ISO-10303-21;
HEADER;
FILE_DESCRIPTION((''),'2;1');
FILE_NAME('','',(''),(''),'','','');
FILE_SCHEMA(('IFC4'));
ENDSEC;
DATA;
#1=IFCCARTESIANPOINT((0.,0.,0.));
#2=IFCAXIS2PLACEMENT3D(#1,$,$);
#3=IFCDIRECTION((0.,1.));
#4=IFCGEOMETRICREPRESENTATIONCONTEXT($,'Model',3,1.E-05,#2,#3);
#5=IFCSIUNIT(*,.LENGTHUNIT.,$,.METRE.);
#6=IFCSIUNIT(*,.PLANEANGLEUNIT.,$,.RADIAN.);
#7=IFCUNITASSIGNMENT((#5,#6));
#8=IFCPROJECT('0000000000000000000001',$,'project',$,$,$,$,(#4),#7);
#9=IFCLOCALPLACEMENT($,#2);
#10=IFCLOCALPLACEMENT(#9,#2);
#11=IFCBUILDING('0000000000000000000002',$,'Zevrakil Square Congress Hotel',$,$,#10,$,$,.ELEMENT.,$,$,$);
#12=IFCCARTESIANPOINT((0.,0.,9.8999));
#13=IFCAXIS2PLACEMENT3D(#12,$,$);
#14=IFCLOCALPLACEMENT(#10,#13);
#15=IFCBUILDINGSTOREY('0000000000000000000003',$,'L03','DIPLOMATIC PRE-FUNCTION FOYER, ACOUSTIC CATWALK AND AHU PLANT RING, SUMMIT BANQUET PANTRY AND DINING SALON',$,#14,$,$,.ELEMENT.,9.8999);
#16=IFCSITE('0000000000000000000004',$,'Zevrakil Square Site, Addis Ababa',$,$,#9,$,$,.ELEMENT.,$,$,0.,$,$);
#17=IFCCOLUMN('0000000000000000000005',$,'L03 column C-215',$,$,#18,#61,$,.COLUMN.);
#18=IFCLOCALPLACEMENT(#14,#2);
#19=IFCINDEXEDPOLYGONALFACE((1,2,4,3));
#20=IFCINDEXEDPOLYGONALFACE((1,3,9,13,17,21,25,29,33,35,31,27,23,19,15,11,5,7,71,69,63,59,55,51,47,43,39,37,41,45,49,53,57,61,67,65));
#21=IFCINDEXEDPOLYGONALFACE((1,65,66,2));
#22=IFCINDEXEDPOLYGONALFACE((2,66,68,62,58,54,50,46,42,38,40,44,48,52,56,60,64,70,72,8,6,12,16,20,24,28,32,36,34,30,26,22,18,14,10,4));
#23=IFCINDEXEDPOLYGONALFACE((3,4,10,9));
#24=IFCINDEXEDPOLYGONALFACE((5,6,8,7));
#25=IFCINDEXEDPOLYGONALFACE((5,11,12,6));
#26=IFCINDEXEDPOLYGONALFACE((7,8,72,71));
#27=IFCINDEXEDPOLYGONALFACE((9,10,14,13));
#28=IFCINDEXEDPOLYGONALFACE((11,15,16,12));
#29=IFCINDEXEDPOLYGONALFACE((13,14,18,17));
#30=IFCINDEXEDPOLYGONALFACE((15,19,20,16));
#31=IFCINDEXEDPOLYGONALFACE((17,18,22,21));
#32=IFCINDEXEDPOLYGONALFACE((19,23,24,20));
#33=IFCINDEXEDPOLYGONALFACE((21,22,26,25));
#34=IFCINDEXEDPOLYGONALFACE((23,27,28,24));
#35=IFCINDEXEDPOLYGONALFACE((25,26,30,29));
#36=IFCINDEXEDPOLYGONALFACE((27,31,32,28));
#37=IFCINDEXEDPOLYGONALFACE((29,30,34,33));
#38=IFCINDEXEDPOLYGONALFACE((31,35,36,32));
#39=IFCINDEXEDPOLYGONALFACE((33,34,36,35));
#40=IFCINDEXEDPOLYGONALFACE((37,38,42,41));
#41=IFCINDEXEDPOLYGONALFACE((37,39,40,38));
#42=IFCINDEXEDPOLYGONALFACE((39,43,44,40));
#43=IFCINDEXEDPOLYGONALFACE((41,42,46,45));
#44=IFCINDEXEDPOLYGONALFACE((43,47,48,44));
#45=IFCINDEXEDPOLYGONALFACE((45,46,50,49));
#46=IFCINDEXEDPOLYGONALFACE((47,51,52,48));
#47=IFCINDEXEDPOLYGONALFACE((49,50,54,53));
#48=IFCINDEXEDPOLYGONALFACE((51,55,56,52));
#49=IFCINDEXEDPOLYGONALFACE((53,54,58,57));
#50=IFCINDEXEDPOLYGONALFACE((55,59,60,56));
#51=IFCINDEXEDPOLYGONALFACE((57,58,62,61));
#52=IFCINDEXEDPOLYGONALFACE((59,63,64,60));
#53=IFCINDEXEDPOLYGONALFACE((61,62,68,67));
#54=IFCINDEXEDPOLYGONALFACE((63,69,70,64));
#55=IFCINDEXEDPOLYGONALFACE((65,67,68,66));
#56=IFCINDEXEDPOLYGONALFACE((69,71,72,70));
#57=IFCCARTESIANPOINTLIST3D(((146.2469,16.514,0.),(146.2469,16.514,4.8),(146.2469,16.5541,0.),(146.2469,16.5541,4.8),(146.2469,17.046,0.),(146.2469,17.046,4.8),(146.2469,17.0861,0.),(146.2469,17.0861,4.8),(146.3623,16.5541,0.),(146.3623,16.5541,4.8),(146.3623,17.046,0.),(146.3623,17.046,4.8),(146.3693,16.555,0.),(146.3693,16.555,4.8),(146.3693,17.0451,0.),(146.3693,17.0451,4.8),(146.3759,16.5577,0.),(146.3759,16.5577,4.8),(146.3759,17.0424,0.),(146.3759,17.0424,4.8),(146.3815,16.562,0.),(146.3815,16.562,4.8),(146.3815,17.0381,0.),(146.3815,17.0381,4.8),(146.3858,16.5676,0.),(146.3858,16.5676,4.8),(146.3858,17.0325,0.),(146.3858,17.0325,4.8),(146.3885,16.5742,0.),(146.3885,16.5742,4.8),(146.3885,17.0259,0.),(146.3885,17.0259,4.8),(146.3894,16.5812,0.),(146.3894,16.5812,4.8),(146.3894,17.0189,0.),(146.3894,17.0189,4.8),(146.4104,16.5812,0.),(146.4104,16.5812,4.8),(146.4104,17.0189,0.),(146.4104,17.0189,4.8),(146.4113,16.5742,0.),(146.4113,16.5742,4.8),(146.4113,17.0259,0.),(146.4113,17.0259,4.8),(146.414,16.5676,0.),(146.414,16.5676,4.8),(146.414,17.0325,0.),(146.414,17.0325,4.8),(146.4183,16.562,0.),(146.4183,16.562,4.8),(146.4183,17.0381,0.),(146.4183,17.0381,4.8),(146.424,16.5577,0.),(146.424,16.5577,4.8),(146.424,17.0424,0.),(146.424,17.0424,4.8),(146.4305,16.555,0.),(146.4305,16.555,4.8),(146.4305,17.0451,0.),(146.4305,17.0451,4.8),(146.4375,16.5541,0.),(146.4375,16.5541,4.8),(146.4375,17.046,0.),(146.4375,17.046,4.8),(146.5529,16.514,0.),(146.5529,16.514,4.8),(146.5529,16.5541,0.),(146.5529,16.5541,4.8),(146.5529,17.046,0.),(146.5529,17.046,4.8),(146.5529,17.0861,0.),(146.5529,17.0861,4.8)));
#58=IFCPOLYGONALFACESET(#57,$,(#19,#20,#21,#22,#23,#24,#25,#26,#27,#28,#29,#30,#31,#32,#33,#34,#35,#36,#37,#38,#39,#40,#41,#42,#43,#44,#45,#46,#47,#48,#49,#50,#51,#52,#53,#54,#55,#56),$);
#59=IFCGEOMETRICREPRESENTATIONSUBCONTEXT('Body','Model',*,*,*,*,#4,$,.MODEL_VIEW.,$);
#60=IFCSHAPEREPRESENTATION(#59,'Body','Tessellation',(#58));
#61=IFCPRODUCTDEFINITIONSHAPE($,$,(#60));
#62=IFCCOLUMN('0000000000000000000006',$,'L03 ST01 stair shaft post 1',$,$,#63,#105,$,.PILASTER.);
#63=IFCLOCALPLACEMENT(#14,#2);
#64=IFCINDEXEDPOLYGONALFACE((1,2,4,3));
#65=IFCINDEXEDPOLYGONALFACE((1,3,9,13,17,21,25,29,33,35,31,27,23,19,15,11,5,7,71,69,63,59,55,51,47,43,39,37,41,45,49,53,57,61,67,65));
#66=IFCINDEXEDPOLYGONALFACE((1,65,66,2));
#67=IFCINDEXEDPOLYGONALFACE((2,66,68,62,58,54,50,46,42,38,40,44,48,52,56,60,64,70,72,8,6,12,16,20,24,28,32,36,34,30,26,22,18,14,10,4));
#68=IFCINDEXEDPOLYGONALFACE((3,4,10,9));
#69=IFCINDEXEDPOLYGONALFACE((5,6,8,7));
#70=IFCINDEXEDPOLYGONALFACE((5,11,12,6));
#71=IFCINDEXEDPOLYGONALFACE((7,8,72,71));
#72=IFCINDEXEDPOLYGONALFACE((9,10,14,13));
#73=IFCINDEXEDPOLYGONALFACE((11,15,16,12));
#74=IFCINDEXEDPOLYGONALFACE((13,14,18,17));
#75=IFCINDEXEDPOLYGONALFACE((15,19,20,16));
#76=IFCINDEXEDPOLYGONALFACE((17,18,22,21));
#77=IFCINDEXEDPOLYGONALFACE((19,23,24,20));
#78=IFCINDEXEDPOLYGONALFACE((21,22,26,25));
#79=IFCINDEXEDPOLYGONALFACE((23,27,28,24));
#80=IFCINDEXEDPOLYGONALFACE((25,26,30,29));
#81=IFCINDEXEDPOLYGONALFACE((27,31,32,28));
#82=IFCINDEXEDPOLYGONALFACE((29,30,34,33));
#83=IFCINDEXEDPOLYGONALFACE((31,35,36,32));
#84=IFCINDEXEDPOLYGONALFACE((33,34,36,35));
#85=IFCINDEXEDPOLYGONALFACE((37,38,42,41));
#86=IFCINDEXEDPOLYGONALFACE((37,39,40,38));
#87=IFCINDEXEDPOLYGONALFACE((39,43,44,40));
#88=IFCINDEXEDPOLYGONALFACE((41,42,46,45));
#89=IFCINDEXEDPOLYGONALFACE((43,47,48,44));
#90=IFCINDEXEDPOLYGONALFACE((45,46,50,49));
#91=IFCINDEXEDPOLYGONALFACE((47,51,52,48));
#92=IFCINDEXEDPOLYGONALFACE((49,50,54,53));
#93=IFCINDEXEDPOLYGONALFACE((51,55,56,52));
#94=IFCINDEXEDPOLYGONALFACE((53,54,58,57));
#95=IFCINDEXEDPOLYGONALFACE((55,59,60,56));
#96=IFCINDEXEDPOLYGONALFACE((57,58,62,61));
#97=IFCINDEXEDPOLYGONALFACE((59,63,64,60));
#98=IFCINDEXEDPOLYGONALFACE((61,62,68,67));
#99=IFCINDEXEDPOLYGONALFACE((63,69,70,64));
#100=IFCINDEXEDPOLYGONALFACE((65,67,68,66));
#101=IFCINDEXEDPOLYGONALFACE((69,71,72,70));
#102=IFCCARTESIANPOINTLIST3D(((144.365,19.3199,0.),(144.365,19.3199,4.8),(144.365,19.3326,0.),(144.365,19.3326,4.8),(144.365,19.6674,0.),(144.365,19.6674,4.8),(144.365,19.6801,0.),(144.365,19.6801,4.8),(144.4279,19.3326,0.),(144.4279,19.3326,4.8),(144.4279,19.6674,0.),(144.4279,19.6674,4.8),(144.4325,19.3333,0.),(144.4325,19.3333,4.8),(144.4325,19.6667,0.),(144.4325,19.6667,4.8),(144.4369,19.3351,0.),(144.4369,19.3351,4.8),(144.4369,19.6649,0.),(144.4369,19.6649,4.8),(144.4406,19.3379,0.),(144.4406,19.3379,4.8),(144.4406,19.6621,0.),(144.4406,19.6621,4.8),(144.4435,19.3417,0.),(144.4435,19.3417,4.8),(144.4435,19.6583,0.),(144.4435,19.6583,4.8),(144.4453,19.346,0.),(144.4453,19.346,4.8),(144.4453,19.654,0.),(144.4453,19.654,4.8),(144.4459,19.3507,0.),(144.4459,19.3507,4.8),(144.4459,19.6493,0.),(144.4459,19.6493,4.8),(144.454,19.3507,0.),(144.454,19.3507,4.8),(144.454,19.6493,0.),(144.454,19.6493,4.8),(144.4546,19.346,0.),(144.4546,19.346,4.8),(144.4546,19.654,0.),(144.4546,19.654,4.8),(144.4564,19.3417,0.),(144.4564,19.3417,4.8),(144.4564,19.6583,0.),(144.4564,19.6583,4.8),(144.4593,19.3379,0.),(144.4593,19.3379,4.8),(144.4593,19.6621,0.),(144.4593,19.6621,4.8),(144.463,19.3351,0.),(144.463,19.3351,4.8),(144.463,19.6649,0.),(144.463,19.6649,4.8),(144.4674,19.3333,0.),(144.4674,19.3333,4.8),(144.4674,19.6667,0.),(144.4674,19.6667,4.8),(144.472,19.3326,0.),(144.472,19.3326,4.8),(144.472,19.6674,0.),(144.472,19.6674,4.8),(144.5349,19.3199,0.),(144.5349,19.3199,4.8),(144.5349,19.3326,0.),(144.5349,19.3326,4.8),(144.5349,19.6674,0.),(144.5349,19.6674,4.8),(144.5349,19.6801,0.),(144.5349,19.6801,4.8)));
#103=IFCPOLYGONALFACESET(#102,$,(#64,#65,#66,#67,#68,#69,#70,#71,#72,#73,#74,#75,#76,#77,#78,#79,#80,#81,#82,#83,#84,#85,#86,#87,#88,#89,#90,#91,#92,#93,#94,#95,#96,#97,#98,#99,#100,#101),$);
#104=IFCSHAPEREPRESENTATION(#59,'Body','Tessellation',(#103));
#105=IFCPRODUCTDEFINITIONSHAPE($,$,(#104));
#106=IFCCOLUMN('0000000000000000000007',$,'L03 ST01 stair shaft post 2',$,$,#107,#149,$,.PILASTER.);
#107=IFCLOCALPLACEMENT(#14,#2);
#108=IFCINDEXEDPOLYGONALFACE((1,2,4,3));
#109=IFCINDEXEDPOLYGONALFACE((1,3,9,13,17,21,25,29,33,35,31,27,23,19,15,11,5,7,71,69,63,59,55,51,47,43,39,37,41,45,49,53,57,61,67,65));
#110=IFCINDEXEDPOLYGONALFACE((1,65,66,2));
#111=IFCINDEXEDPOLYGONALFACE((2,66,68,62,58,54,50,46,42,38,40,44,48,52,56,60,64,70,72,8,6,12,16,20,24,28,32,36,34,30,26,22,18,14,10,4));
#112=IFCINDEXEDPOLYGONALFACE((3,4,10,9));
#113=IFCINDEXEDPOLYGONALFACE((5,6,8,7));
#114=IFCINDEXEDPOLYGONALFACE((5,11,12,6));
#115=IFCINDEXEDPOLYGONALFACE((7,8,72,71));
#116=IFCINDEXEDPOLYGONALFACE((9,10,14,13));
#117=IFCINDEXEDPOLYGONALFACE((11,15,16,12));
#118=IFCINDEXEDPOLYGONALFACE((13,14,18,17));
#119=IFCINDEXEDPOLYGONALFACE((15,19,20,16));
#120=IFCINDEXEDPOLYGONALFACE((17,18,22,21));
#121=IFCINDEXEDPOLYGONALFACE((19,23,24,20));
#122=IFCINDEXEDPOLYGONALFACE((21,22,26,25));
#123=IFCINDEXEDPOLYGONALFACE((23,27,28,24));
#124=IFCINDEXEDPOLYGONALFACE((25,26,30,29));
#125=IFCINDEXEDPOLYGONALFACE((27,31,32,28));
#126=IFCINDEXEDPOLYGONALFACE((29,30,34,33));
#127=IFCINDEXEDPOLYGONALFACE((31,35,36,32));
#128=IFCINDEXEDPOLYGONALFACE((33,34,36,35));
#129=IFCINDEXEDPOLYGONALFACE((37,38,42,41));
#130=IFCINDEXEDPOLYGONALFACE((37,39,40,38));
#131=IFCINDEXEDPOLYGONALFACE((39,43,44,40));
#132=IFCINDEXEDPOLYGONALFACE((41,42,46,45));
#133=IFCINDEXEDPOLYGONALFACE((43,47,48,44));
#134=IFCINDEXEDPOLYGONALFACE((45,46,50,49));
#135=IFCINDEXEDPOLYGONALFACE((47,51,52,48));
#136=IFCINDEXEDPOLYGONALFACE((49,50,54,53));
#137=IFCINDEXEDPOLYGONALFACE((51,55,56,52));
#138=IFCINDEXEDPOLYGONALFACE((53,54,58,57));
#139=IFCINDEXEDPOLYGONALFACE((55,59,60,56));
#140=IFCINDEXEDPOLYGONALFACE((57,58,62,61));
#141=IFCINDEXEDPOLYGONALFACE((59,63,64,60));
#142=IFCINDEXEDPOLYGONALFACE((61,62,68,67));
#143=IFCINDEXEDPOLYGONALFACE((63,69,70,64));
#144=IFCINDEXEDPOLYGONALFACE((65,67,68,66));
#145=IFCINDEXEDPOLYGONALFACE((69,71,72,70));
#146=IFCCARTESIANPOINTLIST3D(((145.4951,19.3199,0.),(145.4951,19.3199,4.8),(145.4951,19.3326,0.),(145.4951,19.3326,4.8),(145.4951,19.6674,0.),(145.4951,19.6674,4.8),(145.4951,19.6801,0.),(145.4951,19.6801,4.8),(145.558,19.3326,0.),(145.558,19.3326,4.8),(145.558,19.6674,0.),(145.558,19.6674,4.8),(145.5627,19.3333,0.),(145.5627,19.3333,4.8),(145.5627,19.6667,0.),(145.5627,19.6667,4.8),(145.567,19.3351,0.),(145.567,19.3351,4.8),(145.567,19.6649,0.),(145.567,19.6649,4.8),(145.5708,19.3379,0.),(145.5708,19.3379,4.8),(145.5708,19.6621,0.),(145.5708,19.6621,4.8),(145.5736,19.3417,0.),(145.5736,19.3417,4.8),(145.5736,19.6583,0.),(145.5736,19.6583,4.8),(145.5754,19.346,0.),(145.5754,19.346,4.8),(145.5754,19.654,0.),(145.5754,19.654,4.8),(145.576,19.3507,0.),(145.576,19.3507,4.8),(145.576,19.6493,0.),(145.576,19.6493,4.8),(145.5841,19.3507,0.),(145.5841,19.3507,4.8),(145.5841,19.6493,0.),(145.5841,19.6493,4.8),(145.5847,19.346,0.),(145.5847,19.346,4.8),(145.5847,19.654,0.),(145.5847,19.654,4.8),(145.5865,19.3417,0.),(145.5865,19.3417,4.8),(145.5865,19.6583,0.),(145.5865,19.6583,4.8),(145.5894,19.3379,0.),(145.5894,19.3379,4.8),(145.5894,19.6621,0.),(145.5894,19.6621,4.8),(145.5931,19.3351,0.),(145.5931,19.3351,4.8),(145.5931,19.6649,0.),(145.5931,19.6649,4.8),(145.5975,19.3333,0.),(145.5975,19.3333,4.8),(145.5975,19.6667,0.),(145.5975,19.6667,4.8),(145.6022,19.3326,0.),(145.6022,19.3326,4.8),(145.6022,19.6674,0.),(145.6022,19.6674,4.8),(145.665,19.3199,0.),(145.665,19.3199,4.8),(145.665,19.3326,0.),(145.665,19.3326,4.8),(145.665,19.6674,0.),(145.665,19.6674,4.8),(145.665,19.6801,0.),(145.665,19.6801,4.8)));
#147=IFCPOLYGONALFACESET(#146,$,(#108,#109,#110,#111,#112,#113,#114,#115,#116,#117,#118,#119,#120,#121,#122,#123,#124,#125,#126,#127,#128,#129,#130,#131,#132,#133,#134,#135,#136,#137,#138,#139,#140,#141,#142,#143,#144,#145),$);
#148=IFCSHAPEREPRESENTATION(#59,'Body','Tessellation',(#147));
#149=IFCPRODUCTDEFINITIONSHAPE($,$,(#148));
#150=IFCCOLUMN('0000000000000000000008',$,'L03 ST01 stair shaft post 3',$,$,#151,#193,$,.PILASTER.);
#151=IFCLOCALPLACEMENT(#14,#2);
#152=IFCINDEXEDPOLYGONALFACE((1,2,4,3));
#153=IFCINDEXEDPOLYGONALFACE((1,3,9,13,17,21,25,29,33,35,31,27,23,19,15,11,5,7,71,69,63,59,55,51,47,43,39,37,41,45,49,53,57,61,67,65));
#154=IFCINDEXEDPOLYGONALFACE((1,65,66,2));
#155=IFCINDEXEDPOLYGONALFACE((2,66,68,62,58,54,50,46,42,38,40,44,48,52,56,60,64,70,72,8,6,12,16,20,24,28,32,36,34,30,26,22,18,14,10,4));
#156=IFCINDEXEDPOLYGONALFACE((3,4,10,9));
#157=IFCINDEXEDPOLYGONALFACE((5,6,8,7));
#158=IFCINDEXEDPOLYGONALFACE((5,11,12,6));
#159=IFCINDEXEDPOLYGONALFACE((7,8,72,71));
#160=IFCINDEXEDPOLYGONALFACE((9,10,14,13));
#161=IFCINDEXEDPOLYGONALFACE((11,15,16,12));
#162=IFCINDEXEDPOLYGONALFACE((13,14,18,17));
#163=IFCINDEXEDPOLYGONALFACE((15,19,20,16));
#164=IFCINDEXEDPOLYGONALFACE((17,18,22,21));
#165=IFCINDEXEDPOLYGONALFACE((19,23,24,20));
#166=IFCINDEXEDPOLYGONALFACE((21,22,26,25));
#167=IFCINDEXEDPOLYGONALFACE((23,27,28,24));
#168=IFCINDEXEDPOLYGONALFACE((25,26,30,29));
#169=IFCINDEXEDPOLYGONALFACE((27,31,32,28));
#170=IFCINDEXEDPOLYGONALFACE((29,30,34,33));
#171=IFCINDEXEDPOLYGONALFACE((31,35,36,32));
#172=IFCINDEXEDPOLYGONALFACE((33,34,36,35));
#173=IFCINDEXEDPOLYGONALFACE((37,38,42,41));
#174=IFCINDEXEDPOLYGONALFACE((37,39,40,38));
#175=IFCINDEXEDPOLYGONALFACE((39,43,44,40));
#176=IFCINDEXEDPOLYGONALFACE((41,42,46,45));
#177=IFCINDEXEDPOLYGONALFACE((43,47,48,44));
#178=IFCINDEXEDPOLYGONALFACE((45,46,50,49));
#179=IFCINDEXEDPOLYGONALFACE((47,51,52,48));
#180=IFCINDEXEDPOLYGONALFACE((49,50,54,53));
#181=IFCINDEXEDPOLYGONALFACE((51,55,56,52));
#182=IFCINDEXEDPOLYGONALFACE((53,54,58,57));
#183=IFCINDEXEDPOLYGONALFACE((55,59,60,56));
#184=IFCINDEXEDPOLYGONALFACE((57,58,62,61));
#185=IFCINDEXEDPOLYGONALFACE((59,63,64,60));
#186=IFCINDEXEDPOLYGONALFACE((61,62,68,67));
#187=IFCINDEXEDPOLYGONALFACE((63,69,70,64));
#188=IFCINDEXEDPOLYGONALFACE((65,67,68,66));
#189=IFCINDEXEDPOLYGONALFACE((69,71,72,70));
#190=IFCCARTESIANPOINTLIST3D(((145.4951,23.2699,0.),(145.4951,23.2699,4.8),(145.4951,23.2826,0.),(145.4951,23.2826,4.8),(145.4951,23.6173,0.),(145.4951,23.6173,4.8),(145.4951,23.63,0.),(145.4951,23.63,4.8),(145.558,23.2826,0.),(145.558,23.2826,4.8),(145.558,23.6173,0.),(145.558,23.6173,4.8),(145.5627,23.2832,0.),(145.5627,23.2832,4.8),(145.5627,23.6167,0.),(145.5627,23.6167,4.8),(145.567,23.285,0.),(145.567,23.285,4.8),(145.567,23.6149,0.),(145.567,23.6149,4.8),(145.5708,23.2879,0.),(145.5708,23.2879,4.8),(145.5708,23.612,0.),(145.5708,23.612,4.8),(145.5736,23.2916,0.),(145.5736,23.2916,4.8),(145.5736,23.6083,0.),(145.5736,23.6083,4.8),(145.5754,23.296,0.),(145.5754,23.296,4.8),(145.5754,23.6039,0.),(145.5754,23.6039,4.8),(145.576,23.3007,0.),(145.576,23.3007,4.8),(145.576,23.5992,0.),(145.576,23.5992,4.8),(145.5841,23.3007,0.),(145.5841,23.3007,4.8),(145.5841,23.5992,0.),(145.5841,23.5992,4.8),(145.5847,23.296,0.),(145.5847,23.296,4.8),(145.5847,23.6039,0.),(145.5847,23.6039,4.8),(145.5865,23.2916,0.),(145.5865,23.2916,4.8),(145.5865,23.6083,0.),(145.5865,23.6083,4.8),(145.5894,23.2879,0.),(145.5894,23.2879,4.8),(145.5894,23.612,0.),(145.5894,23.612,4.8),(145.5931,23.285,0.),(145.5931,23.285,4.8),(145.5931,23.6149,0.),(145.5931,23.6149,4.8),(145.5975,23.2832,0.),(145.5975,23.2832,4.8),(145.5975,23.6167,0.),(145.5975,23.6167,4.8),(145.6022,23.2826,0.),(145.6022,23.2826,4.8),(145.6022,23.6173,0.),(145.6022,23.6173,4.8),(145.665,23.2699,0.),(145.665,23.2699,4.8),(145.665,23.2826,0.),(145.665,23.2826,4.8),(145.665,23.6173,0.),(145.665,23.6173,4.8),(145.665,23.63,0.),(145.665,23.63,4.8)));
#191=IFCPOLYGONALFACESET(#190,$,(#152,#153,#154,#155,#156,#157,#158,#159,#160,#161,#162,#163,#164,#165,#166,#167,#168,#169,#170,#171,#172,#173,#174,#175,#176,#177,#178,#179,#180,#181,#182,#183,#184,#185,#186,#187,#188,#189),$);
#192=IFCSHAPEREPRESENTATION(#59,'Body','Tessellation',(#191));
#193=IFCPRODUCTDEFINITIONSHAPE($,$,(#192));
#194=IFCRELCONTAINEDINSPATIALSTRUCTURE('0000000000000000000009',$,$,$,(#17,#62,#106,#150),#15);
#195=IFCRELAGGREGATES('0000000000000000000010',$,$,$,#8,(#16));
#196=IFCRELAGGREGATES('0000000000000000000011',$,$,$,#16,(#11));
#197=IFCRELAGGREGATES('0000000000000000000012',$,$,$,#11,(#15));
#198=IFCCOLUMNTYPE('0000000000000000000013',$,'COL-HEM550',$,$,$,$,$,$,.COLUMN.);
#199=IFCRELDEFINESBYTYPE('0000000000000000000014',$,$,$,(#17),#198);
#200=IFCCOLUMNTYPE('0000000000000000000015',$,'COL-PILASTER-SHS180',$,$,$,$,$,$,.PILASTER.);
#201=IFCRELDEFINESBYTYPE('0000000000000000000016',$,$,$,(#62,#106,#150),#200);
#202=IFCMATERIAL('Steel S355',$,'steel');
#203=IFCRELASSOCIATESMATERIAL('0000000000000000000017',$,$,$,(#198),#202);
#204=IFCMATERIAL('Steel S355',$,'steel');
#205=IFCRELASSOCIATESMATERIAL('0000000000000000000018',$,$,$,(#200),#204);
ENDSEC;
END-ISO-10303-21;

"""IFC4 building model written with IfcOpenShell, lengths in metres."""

from ifc_helpers import new_model, si_unit, direction, frame, origin, origin_2d, place, context, subcontext, project, spatial, i_section, extrude, material, material_profile, profile_set, type_object, element, save


model = new_model("IFC4")

# Units and contexts
model_context = context("Model", 3, precision=1e-05, world=origin(), true_north=direction((0.0, 1.0)))
body_context = subcontext(model_context, "Body", "Model", "MODEL_VIEW")
ifc_project = project(units=[si_unit("LENGTHUNIT", "METRE"), si_unit("PLANEANGLEUNIT", "RADIAN")], contexts=[model_context])

# Site, building, storey
site_placement = place(None, origin())
site = spatial("IfcSite", under=ifc_project, at=site_placement, Name="Zevrakil Square Site, Addis Ababa", CompositionType="ELEMENT", RefElevation=0.0)
building_placement = place(site_placement, origin())
building = spatial("IfcBuilding", under=site, at=building_placement, Name="Zevrakil Square Congress Hotel", CompositionType="ELEMENT")
storey_placement = place(building_placement, frame((0.0, 0.0, 9.8999)))
storey = spatial("IfcBuildingStorey", under=building, at=storey_placement, Name="L03", Description="DIPLOMATIC PRE-FUNCTION FOYER, ACOUSTIC CATWALK AND AHU PLANT RING, SUMMIT BANQUET PANTRY AND DINING SALON", CompositionType="ELEMENT", Elevation=9.8999)

# Columns
ifc_material_1 = material(Name="Steel S355", Category="steel")
ifc_material_profile_1 = material_profile(ifc_material_1, i_section(OverallWidth=0.3059, OverallDepth=0.572, WebThickness=0.021, FlangeThickness=0.04, FilletRadius=0.0271, at=origin_2d()), Name="HEM 550")
ifc_profile_set_1 = profile_set([ifc_material_profile_1], Name="Steel S355")
column_type_1 = type_object("IfcColumnType", Name="COL-HEM550", PredefinedType="COLUMN", material=ifc_profile_set_1)
column_placement = place(storey_placement, frame((146.3999, 16.8, 0.0), z_axis=(0.0, 0.0, 1.0), x_axis=(1.0, 0.0, 0.0)))
element("IfcColumn", 1, at=column_placement, inside=storey, type_object=column_type_1, Name="L03 column C-215", PredefinedType="COLUMN", context=body_context, shape_type="SweptSolid", body=[
    extrude(i_section(OverallWidth=0.3059, OverallDepth=0.572, WebThickness=0.021, FlangeThickness=0.04, FilletRadius=0.0271, at=origin_2d()), origin(), (0.0, 0.0, 1.0), 4.8),
])
ifc_material_2 = material(Name="Steel S355", Category="steel")
ifc_material_profile_2 = material_profile(ifc_material_2, i_section(OverallWidth=0.1699, OverallDepth=0.3601, WebThickness=0.0081, FlangeThickness=0.0127, FilletRadius=0.0181, at=origin_2d()), Name="IPE 360")
ifc_profile_set_2 = profile_set([ifc_material_profile_2], Name="Steel S355")
column_type_2 = type_object("IfcColumnType", Name="COL-PILASTER-SHS180", PredefinedType="PILASTER", material=ifc_profile_set_2)
for number, where, z_axis, x_axis, name in (
    (2, (144.45, 19.5, 0.0), (0.0, 0.0, 1.0), (1.0, 0.0, 0.0), "L03 ST01 stair shaft post 1"),
    (3, (145.5801, 19.5, 0.0), (0.0, 0.0, 1.0), (1.0, 0.0, 0.0), "L03 ST01 stair shaft post 2"),
    (4, (145.5801, 23.45, 0.0), (0.0, 0.0, 1.0), (1.0, 0.0, 0.0), "L03 ST01 stair shaft post 3"),
):
    element("IfcColumn", number, at=place(storey_placement, frame(where, z_axis=z_axis, x_axis=x_axis)), inside=storey, type_object=column_type_2, Name=name, PredefinedType="PILASTER", context=body_context, shape_type="SweptSolid", body=[
        extrude(i_section(OverallWidth=0.1699, OverallDepth=0.3601, WebThickness=0.0081, FlangeThickness=0.0127, FilletRadius=0.0181, at=origin_2d()), origin(), (0.0, 0.0, 1.0), 4.8),
    ])

save(model, "model.ifc")
